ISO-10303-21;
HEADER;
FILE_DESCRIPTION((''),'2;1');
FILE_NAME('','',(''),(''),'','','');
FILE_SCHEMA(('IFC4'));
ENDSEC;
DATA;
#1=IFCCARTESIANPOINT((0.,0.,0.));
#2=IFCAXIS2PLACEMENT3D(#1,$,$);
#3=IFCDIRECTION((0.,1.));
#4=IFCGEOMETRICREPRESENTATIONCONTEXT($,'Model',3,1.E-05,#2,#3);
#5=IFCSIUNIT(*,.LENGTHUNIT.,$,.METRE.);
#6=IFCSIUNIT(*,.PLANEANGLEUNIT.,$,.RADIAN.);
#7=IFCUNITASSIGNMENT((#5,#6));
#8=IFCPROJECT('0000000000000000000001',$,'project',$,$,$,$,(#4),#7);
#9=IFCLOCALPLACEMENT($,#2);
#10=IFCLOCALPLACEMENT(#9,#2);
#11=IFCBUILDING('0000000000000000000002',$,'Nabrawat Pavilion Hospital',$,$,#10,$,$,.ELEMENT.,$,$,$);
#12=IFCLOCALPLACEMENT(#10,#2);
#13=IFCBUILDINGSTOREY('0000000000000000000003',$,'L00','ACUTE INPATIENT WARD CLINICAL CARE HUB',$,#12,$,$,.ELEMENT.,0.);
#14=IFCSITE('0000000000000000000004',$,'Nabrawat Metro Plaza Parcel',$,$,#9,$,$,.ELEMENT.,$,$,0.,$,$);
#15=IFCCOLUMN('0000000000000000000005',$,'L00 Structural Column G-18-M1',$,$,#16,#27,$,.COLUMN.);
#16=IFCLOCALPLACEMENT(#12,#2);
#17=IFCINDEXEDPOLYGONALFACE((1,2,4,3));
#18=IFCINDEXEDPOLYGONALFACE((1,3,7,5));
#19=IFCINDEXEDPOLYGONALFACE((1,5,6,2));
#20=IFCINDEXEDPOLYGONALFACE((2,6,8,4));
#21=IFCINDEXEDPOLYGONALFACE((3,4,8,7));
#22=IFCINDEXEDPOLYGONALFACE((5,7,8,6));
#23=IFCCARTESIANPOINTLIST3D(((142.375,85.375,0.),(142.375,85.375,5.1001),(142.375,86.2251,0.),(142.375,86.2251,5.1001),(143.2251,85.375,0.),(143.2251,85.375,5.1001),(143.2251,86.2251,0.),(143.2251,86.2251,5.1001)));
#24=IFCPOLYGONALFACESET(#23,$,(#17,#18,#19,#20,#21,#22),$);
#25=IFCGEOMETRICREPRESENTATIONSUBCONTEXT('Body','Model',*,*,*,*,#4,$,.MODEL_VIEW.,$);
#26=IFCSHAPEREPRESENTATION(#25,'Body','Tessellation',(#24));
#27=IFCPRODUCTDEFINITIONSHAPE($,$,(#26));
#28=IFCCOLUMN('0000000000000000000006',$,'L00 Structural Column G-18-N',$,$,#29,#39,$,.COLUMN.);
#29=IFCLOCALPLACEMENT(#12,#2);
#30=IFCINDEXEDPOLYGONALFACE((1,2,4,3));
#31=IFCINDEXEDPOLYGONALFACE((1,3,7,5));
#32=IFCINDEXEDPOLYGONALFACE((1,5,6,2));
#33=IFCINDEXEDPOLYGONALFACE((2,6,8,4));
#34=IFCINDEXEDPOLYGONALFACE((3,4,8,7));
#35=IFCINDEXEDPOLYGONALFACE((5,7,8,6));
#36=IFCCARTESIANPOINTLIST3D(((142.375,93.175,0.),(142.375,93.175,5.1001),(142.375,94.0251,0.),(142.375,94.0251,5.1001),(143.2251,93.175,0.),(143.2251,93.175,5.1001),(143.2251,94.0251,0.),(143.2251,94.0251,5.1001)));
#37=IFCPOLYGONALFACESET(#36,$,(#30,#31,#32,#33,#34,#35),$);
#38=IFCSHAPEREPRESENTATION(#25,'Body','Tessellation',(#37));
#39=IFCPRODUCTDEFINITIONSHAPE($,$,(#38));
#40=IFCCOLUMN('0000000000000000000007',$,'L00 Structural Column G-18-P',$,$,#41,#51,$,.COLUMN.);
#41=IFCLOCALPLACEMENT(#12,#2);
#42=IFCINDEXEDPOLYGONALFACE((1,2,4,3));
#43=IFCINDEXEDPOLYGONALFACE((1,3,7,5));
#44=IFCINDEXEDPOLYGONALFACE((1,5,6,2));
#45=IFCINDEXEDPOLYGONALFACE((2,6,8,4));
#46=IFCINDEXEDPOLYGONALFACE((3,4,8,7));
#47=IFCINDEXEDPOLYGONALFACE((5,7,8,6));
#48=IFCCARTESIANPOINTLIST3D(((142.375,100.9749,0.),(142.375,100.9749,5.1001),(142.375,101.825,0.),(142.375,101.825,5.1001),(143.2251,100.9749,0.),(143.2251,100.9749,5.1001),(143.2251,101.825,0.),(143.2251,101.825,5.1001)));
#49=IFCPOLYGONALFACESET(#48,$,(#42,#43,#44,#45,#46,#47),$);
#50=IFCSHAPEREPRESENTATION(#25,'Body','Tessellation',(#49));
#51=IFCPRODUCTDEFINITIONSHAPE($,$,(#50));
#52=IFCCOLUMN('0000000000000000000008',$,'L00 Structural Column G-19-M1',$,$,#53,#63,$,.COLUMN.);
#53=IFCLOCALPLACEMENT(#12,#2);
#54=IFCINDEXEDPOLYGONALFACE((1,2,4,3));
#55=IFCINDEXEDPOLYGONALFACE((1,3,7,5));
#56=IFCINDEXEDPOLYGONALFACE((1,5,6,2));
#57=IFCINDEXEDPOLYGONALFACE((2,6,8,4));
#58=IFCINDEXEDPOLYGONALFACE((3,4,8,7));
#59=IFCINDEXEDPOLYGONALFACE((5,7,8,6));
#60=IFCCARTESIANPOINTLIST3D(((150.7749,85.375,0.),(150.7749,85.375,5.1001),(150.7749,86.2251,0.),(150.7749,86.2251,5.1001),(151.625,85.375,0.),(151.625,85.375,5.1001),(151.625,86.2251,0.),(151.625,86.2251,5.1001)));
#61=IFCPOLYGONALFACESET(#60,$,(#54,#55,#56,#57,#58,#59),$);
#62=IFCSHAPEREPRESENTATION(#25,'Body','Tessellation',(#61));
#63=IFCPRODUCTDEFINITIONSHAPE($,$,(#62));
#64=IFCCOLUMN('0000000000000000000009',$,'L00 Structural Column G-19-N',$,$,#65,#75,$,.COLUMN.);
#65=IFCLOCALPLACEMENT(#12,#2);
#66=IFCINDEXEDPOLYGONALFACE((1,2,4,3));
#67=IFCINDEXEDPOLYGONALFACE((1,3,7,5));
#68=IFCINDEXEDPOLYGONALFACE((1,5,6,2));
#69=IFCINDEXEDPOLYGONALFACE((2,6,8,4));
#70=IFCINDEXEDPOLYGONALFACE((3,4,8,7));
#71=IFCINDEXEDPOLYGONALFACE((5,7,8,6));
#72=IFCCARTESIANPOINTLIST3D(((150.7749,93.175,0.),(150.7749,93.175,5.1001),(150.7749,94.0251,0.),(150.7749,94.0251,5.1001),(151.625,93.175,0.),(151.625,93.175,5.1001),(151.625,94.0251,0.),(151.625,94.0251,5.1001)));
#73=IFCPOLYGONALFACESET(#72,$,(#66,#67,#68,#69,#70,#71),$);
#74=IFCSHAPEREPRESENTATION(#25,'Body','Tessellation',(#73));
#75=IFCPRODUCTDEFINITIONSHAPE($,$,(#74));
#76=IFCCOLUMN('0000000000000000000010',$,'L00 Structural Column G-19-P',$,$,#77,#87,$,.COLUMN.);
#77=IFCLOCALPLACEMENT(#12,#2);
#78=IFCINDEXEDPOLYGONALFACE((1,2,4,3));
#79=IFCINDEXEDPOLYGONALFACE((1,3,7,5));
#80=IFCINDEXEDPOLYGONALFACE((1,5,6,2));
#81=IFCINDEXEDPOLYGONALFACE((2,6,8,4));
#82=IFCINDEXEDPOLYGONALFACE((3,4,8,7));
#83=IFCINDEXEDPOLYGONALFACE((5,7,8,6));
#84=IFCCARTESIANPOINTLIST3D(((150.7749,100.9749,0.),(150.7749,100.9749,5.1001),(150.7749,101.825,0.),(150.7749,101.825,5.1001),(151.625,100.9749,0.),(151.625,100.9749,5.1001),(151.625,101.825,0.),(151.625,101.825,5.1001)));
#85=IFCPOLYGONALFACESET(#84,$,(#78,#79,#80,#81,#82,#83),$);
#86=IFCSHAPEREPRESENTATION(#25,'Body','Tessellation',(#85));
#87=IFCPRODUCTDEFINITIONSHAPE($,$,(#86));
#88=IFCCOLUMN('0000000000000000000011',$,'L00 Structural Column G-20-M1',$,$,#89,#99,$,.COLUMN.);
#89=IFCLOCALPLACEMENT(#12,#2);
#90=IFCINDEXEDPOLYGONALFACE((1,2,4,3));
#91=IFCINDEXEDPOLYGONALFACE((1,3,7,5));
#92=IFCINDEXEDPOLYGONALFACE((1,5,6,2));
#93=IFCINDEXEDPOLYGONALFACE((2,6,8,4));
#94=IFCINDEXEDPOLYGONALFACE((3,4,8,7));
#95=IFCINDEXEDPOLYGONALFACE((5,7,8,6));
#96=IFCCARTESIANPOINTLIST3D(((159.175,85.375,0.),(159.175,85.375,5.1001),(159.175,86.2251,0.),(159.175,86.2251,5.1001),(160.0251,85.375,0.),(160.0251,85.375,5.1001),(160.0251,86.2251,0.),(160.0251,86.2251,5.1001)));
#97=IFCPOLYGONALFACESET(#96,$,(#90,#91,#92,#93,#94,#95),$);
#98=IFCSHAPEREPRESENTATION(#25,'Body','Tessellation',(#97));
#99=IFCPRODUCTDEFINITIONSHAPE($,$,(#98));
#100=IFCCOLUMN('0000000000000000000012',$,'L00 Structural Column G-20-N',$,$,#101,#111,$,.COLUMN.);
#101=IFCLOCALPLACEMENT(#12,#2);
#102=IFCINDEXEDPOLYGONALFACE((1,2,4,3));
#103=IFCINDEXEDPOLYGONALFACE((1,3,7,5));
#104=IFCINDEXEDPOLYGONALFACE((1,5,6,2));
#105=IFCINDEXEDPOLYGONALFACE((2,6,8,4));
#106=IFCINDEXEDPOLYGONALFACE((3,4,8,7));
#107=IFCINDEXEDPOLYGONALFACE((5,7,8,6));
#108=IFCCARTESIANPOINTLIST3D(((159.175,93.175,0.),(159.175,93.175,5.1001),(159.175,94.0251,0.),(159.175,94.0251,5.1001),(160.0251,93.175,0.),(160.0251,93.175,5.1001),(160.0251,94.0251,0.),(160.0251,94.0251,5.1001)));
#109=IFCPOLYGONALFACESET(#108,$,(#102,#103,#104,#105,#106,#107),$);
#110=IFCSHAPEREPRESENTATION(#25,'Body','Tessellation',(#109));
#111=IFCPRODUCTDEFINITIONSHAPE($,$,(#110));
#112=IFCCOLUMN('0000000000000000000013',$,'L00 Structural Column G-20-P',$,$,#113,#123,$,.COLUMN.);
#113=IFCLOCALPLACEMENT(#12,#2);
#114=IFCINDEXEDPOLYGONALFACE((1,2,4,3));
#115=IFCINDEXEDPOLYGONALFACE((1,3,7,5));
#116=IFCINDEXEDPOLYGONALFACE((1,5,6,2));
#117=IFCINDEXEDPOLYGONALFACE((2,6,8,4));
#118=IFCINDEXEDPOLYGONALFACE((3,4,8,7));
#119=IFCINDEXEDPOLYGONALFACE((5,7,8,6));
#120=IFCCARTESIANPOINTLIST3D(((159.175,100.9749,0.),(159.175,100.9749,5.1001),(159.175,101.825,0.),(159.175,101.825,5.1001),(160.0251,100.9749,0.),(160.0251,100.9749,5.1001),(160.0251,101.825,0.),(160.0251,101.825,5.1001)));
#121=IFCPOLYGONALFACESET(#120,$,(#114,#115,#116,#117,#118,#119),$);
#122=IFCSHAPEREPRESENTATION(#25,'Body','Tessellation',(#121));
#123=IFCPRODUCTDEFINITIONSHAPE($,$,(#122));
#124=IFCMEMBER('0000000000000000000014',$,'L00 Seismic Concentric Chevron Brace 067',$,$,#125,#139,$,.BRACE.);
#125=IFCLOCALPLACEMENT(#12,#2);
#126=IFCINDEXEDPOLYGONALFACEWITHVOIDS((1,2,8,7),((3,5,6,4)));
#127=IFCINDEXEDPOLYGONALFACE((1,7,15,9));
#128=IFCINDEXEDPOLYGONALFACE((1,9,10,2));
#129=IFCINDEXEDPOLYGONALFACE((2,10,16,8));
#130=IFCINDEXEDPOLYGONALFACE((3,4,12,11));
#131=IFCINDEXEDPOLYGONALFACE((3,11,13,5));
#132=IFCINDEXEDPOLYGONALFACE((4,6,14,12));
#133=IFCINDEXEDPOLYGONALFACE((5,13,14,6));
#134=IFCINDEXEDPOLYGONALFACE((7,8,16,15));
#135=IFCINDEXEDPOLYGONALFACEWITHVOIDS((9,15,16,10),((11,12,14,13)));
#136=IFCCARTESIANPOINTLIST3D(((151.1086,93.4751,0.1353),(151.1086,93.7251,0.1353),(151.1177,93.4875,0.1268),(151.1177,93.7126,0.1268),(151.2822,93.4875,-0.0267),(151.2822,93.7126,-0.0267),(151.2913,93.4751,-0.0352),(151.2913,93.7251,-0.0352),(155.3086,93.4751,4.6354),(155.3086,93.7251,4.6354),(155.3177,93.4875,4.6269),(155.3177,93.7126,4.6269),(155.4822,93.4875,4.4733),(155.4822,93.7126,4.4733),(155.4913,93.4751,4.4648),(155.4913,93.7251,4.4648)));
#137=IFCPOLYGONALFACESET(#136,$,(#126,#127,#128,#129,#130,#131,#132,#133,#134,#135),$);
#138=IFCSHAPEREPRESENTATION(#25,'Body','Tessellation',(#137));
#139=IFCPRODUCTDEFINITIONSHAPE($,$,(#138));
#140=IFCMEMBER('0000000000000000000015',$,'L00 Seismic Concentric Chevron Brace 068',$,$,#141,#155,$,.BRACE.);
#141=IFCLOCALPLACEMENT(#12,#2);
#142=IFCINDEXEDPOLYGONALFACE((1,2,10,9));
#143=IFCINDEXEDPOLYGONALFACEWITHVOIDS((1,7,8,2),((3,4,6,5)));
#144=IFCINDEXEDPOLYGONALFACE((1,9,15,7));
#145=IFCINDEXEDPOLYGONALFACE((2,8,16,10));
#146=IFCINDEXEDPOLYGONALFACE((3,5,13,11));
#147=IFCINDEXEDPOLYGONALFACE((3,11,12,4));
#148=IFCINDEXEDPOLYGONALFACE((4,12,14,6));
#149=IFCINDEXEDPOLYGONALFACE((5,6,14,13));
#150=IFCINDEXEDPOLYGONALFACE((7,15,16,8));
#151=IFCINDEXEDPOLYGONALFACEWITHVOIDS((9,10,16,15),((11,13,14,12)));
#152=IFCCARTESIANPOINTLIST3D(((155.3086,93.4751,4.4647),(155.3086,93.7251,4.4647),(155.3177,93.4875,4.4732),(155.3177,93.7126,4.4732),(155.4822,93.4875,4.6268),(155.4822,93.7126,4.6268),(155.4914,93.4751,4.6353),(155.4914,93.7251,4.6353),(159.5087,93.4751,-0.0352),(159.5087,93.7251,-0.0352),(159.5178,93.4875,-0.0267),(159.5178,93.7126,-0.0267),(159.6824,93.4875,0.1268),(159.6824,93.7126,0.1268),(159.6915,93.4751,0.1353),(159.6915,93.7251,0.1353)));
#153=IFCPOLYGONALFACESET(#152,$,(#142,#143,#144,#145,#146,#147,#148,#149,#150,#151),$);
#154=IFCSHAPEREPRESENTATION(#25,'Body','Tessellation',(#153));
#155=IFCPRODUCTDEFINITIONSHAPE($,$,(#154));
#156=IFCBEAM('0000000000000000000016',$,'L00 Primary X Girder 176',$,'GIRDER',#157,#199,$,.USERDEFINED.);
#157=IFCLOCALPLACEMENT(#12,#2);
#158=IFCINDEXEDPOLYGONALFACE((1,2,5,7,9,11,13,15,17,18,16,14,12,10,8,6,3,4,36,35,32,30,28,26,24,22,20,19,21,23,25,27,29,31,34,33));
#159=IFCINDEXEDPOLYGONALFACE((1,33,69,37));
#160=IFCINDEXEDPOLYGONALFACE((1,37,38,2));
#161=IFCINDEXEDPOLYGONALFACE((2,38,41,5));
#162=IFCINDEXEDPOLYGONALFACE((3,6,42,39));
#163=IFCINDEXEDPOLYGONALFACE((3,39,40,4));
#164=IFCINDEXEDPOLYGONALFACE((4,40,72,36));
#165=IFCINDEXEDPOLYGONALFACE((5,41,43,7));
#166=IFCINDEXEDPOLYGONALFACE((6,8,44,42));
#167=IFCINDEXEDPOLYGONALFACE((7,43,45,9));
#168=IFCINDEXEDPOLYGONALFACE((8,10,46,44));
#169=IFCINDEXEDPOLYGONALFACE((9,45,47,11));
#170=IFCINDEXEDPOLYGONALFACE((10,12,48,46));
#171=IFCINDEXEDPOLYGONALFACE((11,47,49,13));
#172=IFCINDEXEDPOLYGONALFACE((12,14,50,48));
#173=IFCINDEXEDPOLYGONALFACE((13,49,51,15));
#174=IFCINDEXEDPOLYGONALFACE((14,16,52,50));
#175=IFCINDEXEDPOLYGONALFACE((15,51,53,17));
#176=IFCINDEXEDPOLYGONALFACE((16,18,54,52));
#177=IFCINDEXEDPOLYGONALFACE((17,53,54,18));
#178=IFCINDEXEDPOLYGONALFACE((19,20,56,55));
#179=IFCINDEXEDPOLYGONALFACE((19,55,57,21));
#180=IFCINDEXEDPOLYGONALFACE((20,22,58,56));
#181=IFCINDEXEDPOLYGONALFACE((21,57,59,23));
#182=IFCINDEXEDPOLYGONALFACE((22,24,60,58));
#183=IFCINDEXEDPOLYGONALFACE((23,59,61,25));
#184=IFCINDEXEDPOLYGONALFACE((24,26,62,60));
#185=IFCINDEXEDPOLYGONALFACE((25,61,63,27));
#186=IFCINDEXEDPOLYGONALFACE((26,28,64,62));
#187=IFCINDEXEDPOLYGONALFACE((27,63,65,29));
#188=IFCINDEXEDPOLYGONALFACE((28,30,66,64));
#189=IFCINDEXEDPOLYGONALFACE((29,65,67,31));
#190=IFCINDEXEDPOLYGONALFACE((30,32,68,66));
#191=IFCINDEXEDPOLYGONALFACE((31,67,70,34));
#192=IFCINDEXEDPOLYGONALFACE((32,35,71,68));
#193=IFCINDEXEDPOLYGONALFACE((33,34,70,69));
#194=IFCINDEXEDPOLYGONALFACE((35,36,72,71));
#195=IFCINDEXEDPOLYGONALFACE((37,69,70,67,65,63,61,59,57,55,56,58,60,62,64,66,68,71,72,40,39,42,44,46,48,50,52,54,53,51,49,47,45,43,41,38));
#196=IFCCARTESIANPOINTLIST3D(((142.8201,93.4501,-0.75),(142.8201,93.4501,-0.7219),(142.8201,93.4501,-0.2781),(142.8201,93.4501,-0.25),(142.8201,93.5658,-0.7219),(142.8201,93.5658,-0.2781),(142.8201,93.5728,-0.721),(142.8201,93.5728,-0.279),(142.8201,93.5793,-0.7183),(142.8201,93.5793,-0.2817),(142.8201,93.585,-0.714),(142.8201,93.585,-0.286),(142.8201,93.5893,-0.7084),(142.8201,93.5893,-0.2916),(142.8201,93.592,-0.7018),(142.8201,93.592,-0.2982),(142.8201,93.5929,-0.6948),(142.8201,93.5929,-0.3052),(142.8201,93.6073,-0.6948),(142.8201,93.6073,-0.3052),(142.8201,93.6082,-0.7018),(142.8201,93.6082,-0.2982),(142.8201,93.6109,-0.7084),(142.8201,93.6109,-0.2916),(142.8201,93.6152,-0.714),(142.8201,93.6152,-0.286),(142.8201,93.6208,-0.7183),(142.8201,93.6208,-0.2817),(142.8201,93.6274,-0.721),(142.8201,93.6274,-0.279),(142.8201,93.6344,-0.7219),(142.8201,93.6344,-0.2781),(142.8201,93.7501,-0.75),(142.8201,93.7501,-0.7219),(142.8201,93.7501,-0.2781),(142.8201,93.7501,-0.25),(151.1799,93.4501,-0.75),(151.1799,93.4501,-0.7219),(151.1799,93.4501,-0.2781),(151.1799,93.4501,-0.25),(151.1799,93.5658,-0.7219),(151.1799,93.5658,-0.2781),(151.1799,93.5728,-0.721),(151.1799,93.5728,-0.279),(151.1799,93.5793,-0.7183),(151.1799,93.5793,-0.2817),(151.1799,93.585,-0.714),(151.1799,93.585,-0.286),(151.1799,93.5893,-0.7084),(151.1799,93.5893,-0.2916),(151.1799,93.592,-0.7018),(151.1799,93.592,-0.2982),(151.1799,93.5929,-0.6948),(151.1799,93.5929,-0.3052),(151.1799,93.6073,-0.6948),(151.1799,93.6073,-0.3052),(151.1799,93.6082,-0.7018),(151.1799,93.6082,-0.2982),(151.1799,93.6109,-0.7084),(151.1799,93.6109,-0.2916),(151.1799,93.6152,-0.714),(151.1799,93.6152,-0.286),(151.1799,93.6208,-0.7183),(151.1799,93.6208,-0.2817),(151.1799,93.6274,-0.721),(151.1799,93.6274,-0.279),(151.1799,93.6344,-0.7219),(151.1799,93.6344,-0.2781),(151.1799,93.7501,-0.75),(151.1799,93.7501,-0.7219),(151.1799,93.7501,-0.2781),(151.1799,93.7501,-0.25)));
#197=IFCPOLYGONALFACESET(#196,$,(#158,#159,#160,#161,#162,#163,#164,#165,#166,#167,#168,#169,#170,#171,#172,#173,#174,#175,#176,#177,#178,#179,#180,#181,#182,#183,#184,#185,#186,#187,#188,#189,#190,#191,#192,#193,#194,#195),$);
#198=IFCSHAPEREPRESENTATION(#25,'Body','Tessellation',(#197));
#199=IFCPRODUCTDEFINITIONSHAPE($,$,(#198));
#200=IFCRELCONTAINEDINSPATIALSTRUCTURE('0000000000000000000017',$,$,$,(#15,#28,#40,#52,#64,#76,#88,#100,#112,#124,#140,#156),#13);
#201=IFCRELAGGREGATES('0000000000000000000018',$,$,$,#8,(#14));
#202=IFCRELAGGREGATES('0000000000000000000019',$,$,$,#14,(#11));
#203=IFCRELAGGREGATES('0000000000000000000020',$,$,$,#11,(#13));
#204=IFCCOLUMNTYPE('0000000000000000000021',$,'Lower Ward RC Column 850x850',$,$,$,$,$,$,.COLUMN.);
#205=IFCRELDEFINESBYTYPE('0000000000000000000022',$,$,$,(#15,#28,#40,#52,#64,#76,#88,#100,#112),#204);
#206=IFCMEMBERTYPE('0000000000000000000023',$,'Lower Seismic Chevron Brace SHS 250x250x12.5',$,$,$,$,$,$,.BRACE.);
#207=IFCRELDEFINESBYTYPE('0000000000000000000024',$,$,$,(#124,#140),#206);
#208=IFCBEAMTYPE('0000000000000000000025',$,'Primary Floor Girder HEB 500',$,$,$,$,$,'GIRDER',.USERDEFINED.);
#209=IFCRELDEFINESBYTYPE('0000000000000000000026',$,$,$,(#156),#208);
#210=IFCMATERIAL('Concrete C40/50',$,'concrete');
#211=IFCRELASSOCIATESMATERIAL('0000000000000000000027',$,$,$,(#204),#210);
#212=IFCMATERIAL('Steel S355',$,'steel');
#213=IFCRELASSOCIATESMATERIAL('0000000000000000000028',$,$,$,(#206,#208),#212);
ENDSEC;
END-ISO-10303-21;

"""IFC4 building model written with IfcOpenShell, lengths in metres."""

from ifc_helpers import new_model, si_unit, direction, frame, origin, origin_2d, place, context, subcontext, project, spatial, rectangle, hollow_rectangle, i_section, extrude, material, material_profile, profile_set, type_object, element, save


model = new_model("IFC4")

# Units and contexts
model_context = context("Model", 3, precision=1e-05, world=origin(), true_north=direction((0.0, 1.0)))
body_context = subcontext(model_context, "Body", "Model", "MODEL_VIEW")
ifc_project = project(units=[si_unit("LENGTHUNIT", "METRE"), si_unit("PLANEANGLEUNIT", "RADIAN")], contexts=[model_context])

# Site, building, storey
site_placement = place(None, origin())
site = spatial("IfcSite", under=ifc_project, at=site_placement, Name="Nabrawat Metro Plaza Parcel", CompositionType="ELEMENT", RefElevation=0.0)
building_placement = place(site_placement, origin())
building = spatial("IfcBuilding", under=site, at=building_placement, Name="Nabrawat Pavilion Hospital", CompositionType="ELEMENT")
storey_placement = place(building_placement, origin())
storey = spatial("IfcBuildingStorey", under=building, at=storey_placement, Name="L00", Description="ACUTE INPATIENT WARD CLINICAL CARE HUB", CompositionType="ELEMENT", Elevation=0.0)

# Columns
ifc_material_1 = material(Name="Concrete C40/50", Category="concrete")
ifc_material_profile_1 = material_profile(ifc_material_1, rectangle(XDim=0.8501, YDim=0.8501, at=origin_2d()), Name="RC 850x850")
ifc_profile_set_1 = profile_set([ifc_material_profile_1], Name="Concrete C40/50")
column_type = type_object("IfcColumnType", Name="Lower Ward RC Column 850x850", PredefinedType="COLUMN", material=ifc_profile_set_1)
for number, where, z_axis, x_axis, name in (
    (1, (142.8, 85.8, 0.0), (0.0, 0.0, 1.0), (1.0, 0.0, 0.0), "L00 Structural Column G-18-M1"),
    (2, (142.8, 93.6001, 0.0), (0.0, 0.0, 1.0), (1.0, 0.0, 0.0), "L00 Structural Column G-18-N"),
    (3, (142.8, 101.3999, 0.0), (0.0, 0.0, 1.0), (1.0, 0.0, 0.0), "L00 Structural Column G-18-P"),
    (4, (151.2, 85.8, 0.0), (0.0, 0.0, 1.0), (1.0, 0.0, 0.0), "L00 Structural Column G-19-M1"),
    (5, (151.2, 93.6001, 0.0), (0.0, 0.0, 1.0), (1.0, 0.0, 0.0), "L00 Structural Column G-19-N"),
    (6, (151.2, 101.3999, 0.0), (0.0, 0.0, 1.0), (1.0, 0.0, 0.0), "L00 Structural Column G-19-P"),
    (7, (159.6001, 85.8, 0.0), (0.0, 0.0, 1.0), (1.0, 0.0, 0.0), "L00 Structural Column G-20-M1"),
    (8, (159.6001, 93.6001, 0.0), (0.0, 0.0, 1.0), (1.0, 0.0, 0.0), "L00 Structural Column G-20-N"),
    (9, (159.6001, 101.3999, 0.0), (0.0, 0.0, 1.0), (1.0, 0.0, 0.0), "L00 Structural Column G-20-P"),
):
    element("IfcColumn", number, at=place(storey_placement, frame(where, z_axis=z_axis, x_axis=x_axis)), inside=storey, type_object=column_type, Name=name, PredefinedType="COLUMN", context=body_context, shape_type="SweptSolid", body=[
        extrude(rectangle(XDim=0.8501, YDim=0.8501, at=origin_2d()), origin(), (0.0, 0.0, 1.0), 5.1001),
    ])

# Members
ifc_material_2 = material(Name="Steel S355", Category="steel")
ifc_material_profile_2 = material_profile(ifc_material_2, hollow_rectangle(XDim=0.25, YDim=0.25, WallThickness=0.0125, at=origin_2d()), Name="SHS 250x250x12.5")
ifc_profile_set_2 = profile_set([ifc_material_profile_2], Name="Steel S355")
member_type = type_object("IfcMemberType", Name="Lower Seismic Chevron Brace SHS 250x250x12.5", PredefinedType="BRACE", material=ifc_profile_set_2)
for number, where, z_axis, x_axis, name in (
    (10, (151.2, 93.6001, 0.05), (0.682314, 0.0, 0.731059), (0.0, 1.0, 0.0), "L00 Seismic Concentric Chevron Brace 067"),
    (11, (159.6001, 93.6001, 0.05), (-0.682335, 0.0, 0.731039), (0.0, -1.0, 0.0), "L00 Seismic Concentric Chevron Brace 068"),
):
    element("IfcMember", number, at=place(storey_placement, frame(where, z_axis=z_axis, x_axis=x_axis)), inside=storey, type_object=member_type, Name=name, PredefinedType="BRACE", context=body_context, shape_type="SweptSolid", body=[
        extrude(hollow_rectangle(XDim=0.25, YDim=0.25, WallThickness=0.0125, at=origin_2d()), origin(), (0.0, 0.0, 1.0), 6.1555),
    ])

# Beam
ifc_material_profile_3 = material_profile(ifc_material_2, i_section(OverallWidth=0.3, OverallDepth=0.5, WebThickness=0.0144, FlangeThickness=0.0281, FilletRadius=0.0271, at=origin_2d()), Name="HEB 500")
ifc_profile_set_3 = profile_set([ifc_material_profile_3], Name="Steel S355")
beam_type_1 = type_object("IfcBeamType", Name="Primary Floor Girder HEB 500", ElementType="GIRDER", PredefinedType="USERDEFINED", material=ifc_profile_set_3)
beam_1_placement = place(storey_placement, frame((142.8201, 93.6001, -0.5), z_axis=(1.0, 0.0, 0.0), x_axis=(0.0, 1.0, 0.0)))
element("IfcBeam", 12, at=beam_1_placement, inside=storey, type_object=beam_type_1, Name="L00 Primary X Girder 176", ObjectType="GIRDER", PredefinedType="USERDEFINED", context=body_context, shape_type="SweptSolid", body=[
    extrude(i_section(OverallWidth=0.3, OverallDepth=0.5, WebThickness=0.0144, FlangeThickness=0.0281, FilletRadius=0.0271, at=origin_2d()), origin(), (0.0, 0.0, 1.0), 8.3599),
])

save(model, "model.ifc")
